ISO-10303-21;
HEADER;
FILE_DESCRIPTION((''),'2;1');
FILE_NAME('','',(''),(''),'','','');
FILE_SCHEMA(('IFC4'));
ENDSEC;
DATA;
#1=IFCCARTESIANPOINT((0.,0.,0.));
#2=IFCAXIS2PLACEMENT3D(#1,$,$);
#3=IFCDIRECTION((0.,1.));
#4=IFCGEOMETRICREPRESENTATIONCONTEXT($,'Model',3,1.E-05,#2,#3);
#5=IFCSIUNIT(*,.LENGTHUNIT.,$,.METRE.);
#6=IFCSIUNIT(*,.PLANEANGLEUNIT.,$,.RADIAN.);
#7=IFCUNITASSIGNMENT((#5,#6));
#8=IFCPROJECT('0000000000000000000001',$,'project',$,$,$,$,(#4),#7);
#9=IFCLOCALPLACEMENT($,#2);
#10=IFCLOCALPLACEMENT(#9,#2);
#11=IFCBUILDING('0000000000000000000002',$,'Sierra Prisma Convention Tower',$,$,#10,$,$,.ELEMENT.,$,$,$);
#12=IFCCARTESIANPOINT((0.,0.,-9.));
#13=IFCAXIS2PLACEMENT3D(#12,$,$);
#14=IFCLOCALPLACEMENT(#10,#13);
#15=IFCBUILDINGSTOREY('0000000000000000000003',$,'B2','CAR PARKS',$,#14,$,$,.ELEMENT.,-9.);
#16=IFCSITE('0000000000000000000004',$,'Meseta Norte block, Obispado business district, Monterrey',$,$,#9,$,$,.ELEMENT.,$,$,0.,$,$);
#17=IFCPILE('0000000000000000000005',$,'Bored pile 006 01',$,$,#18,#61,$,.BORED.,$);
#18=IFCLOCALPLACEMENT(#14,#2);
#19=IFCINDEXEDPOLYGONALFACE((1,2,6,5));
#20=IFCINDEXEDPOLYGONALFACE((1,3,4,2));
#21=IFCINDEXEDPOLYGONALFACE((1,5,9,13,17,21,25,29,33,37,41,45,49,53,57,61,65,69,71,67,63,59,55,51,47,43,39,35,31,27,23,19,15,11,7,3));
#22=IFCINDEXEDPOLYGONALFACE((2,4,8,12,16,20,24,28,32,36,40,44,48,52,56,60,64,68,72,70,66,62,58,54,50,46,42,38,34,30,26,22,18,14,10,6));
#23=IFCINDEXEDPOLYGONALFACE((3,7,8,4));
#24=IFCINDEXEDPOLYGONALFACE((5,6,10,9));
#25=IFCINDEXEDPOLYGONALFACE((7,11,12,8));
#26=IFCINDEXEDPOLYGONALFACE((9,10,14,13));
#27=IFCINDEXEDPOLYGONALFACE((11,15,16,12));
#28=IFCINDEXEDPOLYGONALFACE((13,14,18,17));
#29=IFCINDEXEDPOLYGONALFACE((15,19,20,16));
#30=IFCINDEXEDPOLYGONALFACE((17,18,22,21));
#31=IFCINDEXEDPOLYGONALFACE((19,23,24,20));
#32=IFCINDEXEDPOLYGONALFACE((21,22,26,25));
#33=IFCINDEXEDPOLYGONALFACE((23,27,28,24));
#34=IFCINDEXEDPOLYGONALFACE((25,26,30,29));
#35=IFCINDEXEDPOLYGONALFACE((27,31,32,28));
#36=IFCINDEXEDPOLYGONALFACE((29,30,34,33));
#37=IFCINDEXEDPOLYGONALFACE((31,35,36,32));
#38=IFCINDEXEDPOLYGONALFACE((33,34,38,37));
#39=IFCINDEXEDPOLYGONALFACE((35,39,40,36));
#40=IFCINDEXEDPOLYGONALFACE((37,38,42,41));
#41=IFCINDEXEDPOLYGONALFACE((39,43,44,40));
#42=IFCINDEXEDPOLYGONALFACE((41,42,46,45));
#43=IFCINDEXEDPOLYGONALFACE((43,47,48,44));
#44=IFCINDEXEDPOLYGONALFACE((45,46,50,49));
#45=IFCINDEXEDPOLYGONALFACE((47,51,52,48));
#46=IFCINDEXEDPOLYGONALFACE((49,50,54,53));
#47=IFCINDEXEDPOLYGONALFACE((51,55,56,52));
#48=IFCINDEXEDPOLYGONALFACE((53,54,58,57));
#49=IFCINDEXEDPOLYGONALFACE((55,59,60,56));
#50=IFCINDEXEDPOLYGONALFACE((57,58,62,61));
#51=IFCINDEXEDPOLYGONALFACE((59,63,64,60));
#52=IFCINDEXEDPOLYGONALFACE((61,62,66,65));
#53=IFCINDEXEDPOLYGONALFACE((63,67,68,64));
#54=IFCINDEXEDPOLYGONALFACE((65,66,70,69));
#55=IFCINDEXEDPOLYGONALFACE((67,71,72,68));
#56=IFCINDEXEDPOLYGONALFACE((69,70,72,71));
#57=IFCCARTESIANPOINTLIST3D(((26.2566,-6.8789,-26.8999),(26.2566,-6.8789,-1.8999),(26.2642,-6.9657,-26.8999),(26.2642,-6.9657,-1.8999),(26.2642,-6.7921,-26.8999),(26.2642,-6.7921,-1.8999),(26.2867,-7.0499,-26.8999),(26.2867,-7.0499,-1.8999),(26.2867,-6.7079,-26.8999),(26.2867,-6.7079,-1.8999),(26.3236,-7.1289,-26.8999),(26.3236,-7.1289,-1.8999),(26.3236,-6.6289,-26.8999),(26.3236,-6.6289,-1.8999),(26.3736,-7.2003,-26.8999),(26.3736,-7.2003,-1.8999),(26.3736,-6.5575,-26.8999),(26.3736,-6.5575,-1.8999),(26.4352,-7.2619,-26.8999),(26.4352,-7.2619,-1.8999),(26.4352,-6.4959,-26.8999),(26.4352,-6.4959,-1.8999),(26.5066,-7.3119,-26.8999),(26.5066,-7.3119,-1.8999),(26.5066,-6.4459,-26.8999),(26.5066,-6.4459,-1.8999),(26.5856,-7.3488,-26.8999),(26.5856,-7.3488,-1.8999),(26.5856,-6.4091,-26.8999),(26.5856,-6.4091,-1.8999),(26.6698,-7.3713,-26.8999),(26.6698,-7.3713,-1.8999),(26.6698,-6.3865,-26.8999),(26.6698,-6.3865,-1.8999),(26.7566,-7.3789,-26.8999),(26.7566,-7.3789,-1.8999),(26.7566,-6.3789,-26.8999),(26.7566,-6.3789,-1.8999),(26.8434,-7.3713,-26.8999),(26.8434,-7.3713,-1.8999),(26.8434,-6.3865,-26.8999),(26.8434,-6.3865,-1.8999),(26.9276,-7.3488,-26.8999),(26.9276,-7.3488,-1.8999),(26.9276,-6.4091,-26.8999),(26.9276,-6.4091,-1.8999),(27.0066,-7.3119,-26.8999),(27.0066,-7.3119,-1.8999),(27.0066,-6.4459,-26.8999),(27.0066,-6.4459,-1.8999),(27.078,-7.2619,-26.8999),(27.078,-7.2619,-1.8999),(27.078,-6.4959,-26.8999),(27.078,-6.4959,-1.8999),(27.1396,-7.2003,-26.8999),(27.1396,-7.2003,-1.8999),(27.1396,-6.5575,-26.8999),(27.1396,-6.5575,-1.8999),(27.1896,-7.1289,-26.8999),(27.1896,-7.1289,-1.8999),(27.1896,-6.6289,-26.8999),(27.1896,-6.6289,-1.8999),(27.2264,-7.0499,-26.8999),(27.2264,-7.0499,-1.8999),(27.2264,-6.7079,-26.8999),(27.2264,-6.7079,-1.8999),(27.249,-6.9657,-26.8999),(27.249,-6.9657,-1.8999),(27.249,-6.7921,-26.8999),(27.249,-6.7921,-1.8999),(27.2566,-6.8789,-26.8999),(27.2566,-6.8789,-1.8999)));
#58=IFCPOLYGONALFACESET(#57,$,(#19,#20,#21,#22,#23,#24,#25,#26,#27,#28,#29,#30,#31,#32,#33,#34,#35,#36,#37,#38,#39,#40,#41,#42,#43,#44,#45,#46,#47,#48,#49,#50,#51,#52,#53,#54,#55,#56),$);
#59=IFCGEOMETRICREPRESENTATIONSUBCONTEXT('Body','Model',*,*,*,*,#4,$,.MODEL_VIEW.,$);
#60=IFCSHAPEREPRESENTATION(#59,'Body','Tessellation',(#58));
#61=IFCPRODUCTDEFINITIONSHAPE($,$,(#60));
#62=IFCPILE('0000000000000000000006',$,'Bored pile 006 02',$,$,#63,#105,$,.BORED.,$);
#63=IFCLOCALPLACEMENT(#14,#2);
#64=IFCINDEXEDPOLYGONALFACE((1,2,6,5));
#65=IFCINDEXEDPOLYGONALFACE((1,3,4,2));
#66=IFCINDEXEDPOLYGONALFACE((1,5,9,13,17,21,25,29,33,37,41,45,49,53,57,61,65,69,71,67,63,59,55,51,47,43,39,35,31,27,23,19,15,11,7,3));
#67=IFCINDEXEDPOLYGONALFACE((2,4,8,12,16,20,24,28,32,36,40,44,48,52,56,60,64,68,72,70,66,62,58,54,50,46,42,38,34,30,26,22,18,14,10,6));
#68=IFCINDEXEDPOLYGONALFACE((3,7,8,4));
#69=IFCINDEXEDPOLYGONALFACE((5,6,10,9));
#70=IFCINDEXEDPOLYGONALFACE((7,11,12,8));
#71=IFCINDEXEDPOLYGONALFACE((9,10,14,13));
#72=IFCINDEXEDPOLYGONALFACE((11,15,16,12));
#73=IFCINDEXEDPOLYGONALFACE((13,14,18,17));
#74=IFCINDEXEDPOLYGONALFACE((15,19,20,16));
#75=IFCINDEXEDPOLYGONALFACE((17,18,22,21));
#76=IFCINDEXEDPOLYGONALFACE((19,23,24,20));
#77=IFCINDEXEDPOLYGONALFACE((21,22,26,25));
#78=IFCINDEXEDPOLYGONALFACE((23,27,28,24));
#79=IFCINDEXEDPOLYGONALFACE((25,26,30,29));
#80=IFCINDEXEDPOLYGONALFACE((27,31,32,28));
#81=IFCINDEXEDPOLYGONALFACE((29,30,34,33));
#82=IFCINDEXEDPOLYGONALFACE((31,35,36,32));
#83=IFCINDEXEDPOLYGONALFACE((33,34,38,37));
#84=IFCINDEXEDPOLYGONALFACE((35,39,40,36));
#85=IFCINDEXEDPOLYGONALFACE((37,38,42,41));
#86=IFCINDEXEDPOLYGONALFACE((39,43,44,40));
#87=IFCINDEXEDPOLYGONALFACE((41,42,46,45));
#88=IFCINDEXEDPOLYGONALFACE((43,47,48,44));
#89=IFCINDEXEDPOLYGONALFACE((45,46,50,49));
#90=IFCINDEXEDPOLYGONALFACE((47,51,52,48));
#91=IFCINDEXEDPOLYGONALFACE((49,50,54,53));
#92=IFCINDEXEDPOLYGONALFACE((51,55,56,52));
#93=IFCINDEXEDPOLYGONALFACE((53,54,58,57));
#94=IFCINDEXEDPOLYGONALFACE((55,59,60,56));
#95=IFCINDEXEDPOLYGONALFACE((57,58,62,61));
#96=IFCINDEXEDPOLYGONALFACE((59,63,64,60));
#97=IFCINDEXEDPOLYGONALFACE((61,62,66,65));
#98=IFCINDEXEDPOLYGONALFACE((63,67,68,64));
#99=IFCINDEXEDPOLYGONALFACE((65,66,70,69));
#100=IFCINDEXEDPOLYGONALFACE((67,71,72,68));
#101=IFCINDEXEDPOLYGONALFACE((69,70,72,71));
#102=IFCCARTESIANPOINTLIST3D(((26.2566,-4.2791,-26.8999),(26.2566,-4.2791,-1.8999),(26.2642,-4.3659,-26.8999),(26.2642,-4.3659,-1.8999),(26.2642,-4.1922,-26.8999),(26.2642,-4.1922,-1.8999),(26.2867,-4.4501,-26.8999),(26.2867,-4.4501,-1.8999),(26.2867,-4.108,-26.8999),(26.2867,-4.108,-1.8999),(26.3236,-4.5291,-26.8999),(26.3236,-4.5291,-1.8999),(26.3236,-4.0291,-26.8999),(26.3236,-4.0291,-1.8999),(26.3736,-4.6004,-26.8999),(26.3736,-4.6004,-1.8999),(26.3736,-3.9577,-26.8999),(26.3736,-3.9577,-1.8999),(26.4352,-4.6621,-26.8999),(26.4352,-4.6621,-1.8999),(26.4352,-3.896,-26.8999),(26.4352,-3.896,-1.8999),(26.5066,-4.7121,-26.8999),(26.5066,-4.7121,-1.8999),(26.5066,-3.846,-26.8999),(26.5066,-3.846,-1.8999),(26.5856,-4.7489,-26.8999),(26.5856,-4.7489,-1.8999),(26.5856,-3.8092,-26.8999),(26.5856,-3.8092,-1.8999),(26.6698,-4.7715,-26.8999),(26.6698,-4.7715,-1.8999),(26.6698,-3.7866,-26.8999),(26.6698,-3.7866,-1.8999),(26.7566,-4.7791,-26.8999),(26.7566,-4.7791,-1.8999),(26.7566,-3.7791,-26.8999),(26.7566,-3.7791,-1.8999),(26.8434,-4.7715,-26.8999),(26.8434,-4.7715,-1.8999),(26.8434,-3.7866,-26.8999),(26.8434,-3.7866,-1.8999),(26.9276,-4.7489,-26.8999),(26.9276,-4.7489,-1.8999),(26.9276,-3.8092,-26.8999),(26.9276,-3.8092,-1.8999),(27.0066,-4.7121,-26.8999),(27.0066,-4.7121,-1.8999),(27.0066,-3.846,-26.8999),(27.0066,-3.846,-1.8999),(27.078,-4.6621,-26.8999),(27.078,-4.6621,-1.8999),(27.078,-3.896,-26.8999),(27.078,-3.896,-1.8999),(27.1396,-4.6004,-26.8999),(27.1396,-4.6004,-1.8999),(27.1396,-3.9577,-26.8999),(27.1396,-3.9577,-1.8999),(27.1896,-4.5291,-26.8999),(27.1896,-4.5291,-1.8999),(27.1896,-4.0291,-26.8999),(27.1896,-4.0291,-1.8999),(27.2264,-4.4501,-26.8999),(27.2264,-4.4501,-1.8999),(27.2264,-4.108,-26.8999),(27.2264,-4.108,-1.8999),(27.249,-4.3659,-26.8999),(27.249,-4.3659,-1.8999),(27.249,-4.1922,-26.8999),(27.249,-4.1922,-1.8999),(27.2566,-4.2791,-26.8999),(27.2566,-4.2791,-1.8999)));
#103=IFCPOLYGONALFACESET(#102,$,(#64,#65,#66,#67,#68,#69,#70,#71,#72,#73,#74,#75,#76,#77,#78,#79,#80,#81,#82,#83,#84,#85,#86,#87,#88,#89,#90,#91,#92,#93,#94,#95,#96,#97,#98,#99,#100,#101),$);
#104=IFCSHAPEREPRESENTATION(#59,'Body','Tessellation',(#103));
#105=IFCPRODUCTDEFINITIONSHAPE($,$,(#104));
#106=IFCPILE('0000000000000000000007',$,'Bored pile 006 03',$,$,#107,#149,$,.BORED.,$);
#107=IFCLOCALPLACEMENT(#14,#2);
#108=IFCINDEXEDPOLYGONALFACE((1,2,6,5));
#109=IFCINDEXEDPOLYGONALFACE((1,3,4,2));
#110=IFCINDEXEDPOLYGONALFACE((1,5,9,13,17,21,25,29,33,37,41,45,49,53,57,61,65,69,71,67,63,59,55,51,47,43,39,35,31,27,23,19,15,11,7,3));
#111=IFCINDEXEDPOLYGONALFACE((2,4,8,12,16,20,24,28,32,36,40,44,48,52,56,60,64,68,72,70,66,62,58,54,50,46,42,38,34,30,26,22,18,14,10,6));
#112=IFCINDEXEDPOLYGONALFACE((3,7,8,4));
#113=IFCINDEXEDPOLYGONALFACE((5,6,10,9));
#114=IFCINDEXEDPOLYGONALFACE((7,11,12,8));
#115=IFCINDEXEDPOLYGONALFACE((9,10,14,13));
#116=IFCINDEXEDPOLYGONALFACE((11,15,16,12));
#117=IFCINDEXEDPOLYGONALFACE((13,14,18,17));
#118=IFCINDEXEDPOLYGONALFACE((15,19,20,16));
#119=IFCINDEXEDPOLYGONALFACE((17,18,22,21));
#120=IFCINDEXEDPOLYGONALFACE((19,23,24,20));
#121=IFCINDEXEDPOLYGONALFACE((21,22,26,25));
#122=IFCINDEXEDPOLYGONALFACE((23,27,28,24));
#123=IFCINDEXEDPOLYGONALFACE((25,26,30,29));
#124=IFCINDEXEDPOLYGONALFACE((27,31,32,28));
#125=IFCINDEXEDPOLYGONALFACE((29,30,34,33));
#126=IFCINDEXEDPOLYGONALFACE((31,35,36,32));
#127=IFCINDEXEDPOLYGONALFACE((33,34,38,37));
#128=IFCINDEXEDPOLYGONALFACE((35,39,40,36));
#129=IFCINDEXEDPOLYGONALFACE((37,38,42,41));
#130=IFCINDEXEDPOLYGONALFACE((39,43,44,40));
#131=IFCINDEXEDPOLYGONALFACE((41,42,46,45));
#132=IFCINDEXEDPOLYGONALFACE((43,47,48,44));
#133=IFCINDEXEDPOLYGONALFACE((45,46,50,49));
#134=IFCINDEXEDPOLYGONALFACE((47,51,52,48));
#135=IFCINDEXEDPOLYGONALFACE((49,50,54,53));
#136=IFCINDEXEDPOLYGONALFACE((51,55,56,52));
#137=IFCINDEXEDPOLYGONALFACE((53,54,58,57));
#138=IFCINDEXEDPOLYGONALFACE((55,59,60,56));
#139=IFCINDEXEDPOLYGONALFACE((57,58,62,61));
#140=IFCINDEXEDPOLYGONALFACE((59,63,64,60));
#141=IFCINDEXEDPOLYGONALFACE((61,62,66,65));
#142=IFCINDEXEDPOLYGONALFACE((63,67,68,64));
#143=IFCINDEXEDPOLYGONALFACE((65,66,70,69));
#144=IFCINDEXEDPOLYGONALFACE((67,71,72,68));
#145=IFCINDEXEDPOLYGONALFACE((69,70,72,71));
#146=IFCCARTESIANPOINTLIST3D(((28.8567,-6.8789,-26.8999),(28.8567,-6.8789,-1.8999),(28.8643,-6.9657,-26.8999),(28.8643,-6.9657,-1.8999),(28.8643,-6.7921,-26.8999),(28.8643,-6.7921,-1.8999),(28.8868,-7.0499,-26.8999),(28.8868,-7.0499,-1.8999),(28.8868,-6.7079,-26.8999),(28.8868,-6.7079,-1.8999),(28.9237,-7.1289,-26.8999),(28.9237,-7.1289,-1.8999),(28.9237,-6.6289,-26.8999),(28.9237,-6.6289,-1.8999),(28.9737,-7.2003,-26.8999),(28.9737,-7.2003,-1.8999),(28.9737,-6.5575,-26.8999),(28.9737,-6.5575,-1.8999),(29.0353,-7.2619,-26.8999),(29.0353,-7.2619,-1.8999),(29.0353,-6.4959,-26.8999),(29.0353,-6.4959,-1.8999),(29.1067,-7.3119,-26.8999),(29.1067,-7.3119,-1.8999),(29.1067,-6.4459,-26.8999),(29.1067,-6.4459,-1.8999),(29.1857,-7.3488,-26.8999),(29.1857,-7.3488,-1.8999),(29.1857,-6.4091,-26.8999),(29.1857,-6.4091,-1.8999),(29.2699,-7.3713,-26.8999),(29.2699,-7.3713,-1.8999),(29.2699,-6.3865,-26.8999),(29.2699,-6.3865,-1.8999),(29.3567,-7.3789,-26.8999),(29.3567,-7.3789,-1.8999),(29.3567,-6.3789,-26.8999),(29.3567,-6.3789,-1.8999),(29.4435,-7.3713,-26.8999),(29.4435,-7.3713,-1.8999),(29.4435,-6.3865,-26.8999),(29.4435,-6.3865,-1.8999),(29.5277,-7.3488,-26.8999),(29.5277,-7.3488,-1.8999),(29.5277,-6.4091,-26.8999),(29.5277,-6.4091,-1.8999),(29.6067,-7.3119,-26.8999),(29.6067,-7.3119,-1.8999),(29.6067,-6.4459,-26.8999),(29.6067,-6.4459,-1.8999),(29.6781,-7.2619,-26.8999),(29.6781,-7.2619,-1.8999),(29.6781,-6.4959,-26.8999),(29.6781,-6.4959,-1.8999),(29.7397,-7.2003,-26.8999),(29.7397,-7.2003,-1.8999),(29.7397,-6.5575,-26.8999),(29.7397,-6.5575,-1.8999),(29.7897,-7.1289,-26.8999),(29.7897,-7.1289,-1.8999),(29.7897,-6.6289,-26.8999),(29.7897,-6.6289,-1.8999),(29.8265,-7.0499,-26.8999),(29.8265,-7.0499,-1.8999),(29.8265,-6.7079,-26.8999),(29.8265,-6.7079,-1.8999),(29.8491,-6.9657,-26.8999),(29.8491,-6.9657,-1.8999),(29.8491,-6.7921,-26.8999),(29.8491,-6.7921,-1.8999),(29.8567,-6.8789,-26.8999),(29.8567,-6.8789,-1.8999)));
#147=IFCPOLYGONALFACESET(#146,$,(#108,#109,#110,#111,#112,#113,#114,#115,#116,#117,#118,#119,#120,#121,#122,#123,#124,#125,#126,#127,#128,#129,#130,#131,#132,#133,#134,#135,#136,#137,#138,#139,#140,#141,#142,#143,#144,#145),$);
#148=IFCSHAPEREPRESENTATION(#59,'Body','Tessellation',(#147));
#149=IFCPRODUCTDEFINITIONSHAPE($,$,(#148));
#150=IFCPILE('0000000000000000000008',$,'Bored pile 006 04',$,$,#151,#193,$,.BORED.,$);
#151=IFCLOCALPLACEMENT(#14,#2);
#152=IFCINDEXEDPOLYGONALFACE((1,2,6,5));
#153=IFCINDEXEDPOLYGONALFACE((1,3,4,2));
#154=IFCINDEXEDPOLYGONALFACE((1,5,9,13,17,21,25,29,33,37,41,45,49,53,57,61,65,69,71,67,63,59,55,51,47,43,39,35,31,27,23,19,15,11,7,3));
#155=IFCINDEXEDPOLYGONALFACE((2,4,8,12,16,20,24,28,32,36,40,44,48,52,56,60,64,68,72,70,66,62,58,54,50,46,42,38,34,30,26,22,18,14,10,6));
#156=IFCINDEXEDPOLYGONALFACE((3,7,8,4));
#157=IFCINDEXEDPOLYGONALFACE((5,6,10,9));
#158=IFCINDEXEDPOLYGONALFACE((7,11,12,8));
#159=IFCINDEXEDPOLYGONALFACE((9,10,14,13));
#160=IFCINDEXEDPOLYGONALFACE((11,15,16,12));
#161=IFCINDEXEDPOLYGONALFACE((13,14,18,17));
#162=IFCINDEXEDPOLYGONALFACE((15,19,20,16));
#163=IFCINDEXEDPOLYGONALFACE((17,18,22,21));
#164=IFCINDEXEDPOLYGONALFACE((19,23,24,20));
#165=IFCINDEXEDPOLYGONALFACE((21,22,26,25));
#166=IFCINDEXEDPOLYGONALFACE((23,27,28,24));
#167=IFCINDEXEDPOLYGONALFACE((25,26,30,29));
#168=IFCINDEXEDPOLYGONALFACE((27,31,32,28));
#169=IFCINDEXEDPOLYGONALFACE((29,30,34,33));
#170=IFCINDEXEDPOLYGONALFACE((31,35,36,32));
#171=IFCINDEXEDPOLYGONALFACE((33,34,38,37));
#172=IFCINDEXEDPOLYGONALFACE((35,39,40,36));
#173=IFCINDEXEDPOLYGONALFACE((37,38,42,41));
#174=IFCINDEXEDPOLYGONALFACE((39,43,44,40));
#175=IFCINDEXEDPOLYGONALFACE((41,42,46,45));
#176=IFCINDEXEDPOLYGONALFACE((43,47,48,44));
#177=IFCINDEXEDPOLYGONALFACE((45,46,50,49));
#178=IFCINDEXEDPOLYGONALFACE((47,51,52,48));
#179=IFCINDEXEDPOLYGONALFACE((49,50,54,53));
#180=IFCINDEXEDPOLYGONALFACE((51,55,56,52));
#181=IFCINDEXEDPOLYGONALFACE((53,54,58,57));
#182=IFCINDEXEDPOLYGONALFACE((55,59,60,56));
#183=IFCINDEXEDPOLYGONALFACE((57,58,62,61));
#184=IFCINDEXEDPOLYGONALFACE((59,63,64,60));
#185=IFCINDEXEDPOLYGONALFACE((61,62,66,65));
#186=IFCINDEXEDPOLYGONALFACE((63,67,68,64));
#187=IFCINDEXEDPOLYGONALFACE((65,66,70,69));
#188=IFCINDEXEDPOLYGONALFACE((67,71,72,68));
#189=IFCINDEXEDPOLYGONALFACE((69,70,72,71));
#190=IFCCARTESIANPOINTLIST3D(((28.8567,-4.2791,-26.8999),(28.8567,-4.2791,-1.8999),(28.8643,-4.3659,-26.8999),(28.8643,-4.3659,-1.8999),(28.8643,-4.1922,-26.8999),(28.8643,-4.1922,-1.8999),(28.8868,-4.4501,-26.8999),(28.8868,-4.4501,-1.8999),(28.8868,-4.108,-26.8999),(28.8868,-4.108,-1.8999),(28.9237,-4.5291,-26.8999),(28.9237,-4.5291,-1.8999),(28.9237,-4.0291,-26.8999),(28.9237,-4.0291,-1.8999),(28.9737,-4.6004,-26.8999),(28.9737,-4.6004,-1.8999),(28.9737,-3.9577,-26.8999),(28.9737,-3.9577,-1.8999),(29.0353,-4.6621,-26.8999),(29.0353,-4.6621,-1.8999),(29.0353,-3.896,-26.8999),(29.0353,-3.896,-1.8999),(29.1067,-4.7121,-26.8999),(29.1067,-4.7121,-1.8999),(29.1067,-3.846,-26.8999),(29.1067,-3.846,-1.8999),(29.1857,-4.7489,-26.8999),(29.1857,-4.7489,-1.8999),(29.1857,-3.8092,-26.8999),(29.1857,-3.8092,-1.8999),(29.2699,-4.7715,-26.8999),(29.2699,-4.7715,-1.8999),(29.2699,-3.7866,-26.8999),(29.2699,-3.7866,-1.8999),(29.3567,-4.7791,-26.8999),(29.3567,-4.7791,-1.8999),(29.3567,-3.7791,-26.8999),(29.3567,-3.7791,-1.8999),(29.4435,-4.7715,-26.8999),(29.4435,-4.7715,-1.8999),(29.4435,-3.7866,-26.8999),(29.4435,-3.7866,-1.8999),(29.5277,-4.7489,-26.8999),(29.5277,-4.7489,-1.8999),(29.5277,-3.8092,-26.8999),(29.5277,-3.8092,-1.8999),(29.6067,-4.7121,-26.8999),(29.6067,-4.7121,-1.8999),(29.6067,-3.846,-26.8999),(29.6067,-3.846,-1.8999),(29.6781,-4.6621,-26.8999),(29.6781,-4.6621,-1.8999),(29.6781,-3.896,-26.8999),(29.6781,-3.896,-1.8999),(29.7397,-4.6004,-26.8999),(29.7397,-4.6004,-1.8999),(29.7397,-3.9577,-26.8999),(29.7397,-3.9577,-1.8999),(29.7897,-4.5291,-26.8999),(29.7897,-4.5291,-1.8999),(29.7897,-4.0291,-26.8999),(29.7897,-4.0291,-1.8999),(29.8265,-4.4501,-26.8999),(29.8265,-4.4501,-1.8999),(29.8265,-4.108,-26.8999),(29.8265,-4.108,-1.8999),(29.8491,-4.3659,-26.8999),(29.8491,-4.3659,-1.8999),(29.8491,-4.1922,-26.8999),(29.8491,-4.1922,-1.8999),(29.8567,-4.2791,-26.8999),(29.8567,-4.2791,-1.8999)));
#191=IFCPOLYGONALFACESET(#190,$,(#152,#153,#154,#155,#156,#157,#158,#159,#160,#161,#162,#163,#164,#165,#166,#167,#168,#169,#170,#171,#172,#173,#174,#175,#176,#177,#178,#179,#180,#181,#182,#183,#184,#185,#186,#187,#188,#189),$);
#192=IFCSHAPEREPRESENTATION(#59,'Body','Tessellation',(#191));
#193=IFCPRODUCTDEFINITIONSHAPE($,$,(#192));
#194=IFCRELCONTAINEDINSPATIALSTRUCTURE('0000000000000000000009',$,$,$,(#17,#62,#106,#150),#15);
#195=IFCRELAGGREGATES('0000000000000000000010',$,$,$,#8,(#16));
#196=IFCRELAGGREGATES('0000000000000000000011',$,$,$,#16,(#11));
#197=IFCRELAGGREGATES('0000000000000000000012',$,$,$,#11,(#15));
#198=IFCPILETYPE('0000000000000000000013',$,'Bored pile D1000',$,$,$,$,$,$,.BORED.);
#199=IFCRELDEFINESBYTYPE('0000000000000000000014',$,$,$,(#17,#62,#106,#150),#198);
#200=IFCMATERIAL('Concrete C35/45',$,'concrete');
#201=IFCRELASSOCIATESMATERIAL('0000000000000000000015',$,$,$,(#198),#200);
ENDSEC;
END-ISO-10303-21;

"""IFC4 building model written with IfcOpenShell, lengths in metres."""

from ifc_helpers import new_model, si_unit, direction, frame, origin, origin_2d, place, context, subcontext, project, spatial, circle, extrude, material, material_profile, profile_set, type_object, element, save


model = new_model("IFC4")

# Units and contexts
model_context = context("Model", 3, precision=1e-05, world=origin(), true_north=direction((0.0, 1.0)))
body_context = subcontext(model_context, "Body", "Model", "MODEL_VIEW")
ifc_project = project(units=[si_unit("LENGTHUNIT", "METRE"), si_unit("PLANEANGLEUNIT", "RADIAN")], contexts=[model_context])

# Site, building, storey
site_placement = place(None, origin())
site = spatial("IfcSite", under=ifc_project, at=site_placement, Name="Meseta Norte block, Obispado business district, Monterrey", CompositionType="ELEMENT", RefElevation=0.0)
building_placement = place(site_placement, origin())
building = spatial("IfcBuilding", under=site, at=building_placement, Name="Sierra Prisma Convention Tower", CompositionType="ELEMENT")
storey_placement = place(building_placement, frame((0.0, 0.0, -9.0)))
storey = spatial("IfcBuildingStorey", under=building, at=storey_placement, Name="B2", Description="CAR PARKS", CompositionType="ELEMENT", Elevation=-9.0)

# Piles
ifc_material_1 = material(Name="Concrete C35/45", Category="concrete")
ifc_material_profile_1 = material_profile(ifc_material_1, circle(Radius=0.5, at=origin_2d()), Name="D1000")
ifc_profile_set_1 = profile_set([ifc_material_profile_1], Name="Concrete C35/45")
pile_type_1 = type_object("IfcPileType", Name="Bored pile D1000", PredefinedType="BORED", material=ifc_profile_set_1)
for number, where, z_axis, x_axis, name in (
    (1, (26.7566, -6.8789, -1.8999), (0.0, 0.0, -1.0), (1.0, 0.0, 0.0), "Bored pile 006 01"),
    (2, (26.7566, -4.2791, -1.8999), (0.0, 0.0, -1.0), (1.0, 0.0, 0.0), "Bored pile 006 02"),
    (3, (29.3567, -6.8789, -1.8999), (0.0, 0.0, -1.0), (1.0, 0.0, 0.0), "Bored pile 006 03"),
    (4, (29.3567, -4.2791, -1.8999), (0.0, 0.0, -1.0), (1.0, 0.0, 0.0), "Bored pile 006 04"),
):
    element("IfcPile", number, at=place(storey_placement, frame(where, z_axis=z_axis, x_axis=x_axis)), inside=storey, type_object=pile_type_1, Name=name, PredefinedType="BORED", context=body_context, shape_type="SweptSolid", body=[
        extrude(circle(Radius=0.5, at=origin_2d()), origin(), (0.0, 0.0, 1.0), 25.0),
    ])

save(model, "model.ifc")
